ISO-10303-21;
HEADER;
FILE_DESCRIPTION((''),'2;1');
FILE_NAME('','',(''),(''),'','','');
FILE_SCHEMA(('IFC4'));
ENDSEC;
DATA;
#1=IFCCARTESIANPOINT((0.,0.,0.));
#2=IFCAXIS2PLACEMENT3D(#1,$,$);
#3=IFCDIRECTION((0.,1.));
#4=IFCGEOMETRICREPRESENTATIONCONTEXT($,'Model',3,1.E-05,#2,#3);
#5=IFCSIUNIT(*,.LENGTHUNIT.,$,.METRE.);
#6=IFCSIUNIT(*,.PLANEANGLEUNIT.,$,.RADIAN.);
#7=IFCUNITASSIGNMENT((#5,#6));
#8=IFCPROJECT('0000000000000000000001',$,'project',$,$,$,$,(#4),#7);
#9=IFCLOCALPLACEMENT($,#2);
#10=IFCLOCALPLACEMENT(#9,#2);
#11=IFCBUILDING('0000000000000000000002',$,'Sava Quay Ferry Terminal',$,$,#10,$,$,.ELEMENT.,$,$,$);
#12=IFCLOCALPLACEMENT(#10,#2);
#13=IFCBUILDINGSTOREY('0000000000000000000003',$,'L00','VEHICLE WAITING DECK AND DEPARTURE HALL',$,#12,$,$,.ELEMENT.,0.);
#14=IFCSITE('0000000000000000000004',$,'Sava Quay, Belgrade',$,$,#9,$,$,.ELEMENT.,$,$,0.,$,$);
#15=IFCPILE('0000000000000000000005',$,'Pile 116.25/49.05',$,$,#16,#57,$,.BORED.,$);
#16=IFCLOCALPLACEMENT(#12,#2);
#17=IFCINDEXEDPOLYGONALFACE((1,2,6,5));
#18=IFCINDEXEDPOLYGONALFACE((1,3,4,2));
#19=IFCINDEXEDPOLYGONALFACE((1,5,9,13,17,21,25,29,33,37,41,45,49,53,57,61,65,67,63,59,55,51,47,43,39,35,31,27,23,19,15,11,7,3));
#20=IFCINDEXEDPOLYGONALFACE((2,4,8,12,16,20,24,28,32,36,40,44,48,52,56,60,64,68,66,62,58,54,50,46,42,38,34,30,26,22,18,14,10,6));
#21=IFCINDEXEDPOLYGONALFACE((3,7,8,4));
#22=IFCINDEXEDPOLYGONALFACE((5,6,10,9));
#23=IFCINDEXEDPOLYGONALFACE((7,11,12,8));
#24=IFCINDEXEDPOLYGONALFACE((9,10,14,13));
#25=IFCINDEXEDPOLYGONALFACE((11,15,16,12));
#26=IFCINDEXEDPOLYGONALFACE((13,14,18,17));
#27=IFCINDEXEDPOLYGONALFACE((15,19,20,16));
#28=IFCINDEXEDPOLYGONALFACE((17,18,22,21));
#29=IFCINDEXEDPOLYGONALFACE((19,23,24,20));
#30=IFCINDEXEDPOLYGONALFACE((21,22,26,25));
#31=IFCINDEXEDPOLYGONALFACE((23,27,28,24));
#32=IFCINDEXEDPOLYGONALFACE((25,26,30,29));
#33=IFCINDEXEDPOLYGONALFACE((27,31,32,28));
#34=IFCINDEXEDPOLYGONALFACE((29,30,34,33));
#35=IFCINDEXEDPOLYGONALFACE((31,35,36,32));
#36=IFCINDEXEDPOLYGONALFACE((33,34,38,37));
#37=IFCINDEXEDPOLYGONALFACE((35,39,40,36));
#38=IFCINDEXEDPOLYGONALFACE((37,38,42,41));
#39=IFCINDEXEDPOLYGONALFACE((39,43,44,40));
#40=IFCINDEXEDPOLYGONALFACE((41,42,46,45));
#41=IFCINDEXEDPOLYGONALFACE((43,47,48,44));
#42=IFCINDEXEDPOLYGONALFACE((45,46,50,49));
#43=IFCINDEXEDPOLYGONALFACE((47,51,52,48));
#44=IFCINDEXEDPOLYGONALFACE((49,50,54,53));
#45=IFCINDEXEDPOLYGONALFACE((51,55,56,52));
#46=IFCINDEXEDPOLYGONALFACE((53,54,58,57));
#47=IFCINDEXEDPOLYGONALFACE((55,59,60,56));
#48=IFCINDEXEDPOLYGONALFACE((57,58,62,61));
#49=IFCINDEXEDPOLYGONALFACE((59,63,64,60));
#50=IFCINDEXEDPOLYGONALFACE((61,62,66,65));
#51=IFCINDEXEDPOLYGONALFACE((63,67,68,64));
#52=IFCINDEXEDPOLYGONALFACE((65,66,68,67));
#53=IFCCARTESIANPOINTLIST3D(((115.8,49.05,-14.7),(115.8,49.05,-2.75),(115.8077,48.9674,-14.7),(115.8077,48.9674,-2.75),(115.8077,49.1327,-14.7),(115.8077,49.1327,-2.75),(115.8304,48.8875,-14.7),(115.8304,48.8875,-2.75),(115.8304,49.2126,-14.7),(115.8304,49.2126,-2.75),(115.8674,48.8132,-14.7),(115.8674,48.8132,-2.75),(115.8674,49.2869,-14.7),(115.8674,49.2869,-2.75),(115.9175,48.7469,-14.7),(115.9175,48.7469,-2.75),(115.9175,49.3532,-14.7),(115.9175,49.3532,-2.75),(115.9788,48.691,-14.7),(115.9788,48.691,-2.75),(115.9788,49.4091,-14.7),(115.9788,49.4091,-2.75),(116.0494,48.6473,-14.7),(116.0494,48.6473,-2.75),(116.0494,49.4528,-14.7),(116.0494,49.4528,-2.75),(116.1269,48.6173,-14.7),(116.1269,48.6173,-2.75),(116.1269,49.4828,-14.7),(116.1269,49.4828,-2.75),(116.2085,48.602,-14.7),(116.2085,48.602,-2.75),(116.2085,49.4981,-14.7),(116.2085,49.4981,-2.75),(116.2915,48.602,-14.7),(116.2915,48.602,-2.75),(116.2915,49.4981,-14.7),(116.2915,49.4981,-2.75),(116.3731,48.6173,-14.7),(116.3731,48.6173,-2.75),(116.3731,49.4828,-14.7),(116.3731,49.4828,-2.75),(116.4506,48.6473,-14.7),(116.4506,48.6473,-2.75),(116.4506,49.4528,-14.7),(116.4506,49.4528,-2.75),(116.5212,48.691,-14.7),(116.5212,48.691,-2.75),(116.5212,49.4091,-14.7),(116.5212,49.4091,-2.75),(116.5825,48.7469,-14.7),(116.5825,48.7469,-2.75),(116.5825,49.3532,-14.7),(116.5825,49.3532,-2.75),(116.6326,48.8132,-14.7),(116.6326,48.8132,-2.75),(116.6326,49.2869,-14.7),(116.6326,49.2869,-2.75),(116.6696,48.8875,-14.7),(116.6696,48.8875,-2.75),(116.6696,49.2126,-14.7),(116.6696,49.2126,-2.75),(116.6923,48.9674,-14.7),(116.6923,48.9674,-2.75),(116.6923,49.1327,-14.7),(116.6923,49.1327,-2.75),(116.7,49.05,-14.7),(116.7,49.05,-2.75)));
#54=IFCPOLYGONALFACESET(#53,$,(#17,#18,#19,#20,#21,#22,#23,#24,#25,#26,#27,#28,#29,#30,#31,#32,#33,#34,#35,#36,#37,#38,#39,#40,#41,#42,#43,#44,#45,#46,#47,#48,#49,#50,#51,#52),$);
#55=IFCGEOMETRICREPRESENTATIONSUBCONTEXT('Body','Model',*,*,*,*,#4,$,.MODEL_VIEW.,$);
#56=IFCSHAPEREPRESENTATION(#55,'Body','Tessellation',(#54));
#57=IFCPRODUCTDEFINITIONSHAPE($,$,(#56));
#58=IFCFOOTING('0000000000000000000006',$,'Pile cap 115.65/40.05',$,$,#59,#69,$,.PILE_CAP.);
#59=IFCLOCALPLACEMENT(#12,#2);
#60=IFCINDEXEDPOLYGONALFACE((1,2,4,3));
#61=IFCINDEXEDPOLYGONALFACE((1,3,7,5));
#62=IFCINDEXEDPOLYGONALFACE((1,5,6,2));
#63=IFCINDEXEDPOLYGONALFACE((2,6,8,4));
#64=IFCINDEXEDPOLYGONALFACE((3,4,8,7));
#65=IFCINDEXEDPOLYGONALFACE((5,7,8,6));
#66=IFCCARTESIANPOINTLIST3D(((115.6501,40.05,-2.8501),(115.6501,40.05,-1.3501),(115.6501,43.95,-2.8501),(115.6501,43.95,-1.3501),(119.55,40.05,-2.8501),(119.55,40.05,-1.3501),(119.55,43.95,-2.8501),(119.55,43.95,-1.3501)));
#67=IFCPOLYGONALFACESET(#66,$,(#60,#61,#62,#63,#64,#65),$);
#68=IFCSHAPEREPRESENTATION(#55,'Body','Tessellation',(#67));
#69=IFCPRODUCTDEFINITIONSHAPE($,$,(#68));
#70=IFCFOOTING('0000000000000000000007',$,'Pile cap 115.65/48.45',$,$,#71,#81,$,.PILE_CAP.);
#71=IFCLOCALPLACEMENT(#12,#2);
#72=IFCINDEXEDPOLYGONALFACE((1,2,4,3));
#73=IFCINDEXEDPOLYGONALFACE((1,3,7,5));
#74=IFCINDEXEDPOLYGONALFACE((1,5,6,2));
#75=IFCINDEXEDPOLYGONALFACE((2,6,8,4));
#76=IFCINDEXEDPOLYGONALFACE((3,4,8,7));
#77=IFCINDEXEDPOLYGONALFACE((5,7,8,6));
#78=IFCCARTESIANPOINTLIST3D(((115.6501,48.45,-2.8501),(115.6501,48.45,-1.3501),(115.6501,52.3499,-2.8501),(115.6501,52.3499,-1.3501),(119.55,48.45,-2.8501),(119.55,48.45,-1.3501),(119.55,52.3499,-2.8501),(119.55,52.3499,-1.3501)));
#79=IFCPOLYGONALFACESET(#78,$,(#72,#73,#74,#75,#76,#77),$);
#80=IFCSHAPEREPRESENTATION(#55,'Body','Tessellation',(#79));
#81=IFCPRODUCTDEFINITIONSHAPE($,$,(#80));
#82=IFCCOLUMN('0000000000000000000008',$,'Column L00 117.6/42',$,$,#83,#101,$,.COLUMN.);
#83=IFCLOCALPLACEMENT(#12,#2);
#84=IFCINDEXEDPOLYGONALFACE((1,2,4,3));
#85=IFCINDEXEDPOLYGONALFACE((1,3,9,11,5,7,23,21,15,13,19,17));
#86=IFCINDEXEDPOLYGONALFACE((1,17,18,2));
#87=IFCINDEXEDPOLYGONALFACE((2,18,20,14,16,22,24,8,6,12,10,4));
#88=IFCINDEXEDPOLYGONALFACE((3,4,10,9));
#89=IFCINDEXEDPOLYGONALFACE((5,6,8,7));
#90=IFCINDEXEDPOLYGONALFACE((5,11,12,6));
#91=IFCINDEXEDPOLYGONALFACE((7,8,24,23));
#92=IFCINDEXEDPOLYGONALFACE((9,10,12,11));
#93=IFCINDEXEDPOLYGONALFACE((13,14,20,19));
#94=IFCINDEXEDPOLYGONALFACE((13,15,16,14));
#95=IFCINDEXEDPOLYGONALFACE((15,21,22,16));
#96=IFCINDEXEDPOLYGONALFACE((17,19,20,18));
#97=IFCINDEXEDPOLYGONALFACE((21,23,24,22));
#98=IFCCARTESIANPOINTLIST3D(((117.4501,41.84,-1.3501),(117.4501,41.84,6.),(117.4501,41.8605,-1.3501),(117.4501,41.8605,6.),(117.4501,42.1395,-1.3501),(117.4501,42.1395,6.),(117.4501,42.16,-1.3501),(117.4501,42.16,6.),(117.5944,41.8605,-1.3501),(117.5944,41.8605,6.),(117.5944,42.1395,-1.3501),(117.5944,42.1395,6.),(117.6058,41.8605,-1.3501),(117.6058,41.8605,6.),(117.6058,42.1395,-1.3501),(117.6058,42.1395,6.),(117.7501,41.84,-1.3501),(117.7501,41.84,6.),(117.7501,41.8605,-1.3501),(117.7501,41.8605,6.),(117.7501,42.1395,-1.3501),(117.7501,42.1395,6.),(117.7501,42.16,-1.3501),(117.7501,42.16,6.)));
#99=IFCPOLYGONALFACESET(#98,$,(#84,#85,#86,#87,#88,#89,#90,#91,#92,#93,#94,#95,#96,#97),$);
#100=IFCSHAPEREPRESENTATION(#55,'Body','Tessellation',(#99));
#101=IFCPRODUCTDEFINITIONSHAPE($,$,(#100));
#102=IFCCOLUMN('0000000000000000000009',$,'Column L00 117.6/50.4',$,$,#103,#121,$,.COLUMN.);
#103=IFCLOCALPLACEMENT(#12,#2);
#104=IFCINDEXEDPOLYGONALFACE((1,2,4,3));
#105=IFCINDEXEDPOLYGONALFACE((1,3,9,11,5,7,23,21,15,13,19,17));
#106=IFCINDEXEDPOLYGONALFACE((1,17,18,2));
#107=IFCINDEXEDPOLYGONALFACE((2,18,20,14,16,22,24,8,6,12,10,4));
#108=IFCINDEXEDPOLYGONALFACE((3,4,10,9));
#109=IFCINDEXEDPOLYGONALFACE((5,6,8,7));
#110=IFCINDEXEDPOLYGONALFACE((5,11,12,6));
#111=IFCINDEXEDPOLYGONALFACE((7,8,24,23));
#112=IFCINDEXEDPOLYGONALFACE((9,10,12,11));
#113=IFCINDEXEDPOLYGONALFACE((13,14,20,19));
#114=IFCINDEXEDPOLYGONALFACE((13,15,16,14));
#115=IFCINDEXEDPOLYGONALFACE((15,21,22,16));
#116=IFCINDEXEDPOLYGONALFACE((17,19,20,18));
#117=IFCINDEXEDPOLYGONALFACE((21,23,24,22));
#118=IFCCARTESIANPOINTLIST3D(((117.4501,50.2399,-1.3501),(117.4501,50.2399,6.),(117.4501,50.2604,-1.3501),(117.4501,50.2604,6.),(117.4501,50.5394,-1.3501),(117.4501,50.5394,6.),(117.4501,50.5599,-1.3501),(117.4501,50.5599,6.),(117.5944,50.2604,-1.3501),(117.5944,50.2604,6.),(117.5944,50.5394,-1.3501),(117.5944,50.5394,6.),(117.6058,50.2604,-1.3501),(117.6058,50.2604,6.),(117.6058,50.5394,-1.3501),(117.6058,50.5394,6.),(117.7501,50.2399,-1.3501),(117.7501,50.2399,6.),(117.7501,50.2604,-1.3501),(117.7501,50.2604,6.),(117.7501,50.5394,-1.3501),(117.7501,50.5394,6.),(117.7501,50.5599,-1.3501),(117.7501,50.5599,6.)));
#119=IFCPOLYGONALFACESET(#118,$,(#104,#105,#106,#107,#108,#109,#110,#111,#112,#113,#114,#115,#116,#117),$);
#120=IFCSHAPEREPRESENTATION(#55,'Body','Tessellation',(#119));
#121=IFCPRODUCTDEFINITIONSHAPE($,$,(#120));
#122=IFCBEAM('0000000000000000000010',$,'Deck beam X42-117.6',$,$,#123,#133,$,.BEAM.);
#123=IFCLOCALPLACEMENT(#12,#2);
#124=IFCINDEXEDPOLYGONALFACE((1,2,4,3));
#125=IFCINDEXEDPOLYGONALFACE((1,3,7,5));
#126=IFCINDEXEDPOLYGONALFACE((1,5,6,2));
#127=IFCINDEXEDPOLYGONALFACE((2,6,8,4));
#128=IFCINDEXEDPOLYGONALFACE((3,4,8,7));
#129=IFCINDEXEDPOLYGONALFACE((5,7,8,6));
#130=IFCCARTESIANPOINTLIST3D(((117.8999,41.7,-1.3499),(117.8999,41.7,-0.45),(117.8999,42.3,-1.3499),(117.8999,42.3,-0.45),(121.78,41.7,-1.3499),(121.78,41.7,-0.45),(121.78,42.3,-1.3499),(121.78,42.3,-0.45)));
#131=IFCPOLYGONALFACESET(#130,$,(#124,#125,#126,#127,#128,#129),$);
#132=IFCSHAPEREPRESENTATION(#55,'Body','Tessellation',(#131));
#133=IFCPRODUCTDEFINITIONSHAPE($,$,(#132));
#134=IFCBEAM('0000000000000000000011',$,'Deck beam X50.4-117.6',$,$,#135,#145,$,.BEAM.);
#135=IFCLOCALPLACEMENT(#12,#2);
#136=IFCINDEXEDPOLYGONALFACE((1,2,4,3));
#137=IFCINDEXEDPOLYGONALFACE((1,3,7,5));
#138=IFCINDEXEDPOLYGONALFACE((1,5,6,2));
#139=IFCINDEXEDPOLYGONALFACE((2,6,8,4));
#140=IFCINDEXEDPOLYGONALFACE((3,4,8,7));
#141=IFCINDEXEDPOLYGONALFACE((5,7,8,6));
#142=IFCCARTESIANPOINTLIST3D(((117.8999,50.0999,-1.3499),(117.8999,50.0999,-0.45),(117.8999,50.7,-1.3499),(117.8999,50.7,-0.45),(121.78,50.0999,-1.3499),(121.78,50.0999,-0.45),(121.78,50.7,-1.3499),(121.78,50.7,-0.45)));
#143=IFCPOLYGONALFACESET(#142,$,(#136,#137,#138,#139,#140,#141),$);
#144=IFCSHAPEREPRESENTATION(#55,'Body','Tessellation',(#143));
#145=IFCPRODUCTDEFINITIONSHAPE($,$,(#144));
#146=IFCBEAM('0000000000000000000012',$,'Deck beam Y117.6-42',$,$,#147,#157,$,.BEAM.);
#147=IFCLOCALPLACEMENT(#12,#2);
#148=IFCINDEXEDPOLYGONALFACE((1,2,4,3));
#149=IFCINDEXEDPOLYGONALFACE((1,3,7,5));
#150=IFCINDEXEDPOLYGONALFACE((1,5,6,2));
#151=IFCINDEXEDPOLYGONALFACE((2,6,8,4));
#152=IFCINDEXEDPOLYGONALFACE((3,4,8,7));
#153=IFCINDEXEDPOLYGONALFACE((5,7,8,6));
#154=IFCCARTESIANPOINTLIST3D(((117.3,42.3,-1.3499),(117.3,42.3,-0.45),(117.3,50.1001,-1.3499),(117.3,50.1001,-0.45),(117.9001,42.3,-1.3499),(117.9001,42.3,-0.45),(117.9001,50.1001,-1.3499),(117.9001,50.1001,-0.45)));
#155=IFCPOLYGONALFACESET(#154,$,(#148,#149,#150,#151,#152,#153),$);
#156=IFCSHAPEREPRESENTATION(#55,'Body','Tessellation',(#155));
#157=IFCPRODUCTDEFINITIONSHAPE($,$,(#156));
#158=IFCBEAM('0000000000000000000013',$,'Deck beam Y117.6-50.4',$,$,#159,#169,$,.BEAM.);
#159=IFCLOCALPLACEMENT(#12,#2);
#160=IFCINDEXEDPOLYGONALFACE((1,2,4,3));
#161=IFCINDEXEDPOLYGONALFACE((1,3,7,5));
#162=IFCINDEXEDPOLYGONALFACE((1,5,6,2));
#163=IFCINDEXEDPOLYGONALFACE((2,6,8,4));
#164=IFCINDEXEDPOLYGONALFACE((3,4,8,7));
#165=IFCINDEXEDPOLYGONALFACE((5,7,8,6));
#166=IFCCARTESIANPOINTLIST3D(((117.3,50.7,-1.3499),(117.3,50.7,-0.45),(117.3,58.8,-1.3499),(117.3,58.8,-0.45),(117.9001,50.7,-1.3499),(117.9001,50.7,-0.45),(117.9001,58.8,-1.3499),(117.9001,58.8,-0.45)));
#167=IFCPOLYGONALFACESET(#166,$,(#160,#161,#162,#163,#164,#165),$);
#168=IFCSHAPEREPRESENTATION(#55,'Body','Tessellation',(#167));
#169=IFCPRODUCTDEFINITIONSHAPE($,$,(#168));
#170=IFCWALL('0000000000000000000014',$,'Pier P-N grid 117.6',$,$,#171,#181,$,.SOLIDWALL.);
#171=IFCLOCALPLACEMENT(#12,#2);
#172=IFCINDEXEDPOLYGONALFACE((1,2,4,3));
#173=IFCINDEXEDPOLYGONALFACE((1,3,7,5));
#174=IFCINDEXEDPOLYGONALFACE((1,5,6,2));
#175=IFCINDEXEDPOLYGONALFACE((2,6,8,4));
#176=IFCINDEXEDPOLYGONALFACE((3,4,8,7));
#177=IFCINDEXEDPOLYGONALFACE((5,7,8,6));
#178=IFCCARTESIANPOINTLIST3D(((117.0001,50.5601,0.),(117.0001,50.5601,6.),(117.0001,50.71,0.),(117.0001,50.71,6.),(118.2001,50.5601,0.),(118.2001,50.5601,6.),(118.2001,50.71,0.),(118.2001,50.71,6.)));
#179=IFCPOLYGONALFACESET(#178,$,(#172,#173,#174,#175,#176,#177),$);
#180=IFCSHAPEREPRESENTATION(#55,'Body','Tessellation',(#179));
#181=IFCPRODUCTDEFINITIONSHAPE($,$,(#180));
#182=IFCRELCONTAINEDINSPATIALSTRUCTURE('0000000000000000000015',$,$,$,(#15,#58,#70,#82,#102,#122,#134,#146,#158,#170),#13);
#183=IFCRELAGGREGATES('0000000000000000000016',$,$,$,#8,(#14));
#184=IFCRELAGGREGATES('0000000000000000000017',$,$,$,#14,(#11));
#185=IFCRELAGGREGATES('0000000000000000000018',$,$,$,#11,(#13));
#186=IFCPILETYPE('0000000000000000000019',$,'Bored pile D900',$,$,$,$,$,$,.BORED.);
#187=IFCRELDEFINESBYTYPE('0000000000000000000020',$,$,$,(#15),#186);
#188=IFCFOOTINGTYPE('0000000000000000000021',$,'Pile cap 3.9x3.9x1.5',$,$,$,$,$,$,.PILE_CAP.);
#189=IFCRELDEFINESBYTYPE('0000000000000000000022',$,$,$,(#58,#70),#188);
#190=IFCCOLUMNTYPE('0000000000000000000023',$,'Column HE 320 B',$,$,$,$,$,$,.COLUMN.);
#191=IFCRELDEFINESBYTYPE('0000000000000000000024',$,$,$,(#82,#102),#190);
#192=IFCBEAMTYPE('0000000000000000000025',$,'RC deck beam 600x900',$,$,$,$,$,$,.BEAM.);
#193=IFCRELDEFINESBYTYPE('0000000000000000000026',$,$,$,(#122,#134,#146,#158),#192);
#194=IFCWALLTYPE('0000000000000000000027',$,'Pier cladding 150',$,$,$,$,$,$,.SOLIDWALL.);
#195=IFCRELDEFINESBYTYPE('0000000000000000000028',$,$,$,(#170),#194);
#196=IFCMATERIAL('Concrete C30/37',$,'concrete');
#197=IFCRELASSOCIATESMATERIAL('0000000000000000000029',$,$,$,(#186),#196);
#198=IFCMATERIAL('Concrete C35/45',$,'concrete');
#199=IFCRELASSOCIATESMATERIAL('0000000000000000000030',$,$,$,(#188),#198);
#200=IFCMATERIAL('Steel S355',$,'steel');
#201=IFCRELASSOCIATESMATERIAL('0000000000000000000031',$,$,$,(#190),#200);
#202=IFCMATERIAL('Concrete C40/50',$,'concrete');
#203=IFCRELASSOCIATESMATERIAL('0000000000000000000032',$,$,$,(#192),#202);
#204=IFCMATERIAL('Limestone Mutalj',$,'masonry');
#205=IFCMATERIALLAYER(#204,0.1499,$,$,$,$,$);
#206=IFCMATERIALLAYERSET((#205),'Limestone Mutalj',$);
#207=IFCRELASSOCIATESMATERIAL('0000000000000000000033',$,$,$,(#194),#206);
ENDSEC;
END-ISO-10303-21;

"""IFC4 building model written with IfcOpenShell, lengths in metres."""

from ifc_helpers import new_model, si_unit, direction, frame, frame_2d, origin, origin_2d, place, context, subcontext, project, spatial, rectangle, circle, i_section, extrude, material, layer, layer_set, material_profile, profile_set, type_object, element, save


model = new_model("IFC4")

# Units and contexts
model_context = context("Model", 3, precision=1e-05, world=origin(), true_north=direction((0.0, 1.0)))
body_context = subcontext(model_context, "Body", "Model", "MODEL_VIEW")
ifc_project = project(units=[si_unit("LENGTHUNIT", "METRE"), si_unit("PLANEANGLEUNIT", "RADIAN")], contexts=[model_context])

# Site, building, storey
site_placement = place(None, origin())
site = spatial("IfcSite", under=ifc_project, at=site_placement, Name="Sava Quay, Belgrade", CompositionType="ELEMENT", RefElevation=0.0)
building_placement = place(site_placement, origin())
building = spatial("IfcBuilding", under=site, at=building_placement, Name="Sava Quay Ferry Terminal", CompositionType="ELEMENT")
storey_placement = place(building_placement, origin())
storey = spatial("IfcBuildingStorey", under=building, at=storey_placement, Name="L00", Description="VEHICLE WAITING DECK AND DEPARTURE HALL", CompositionType="ELEMENT", Elevation=0.0)

# Pile
ifc_material_1 = material(Name="Concrete C30/37", Category="concrete")
ifc_material_profile_1 = material_profile(ifc_material_1, circle(Radius=0.45, at=origin_2d()), Name="Bored pile D900")
ifc_profile_set_1 = profile_set([ifc_material_profile_1], Name="Concrete C30/37")
pile_type = type_object("IfcPileType", Name="Bored pile D900", PredefinedType="BORED", material=ifc_profile_set_1)
for number, where, z_axis, x_axis, name in (
    (1, (116.25, 49.05, -2.75), (0.0, 0.0, -1.0), (1.0, 0.0, 0.0), "Pile 116.25/49.05"),
):
    element("IfcPile", number, at=place(storey_placement, frame(where, z_axis=z_axis, x_axis=x_axis)), inside=storey, type_object=pile_type, Name=name, PredefinedType="BORED", context=body_context, shape_type="SweptSolid", body=[
        extrude(circle(Radius=0.45, at=origin_2d()), origin(), (0.0, 0.0, 1.0), 11.95),
    ])

# Footings
ifc_material_2 = material(Name="Concrete C35/45", Category="concrete")
footing_type = type_object("IfcFootingType", Name="Pile cap 3.9x3.9x1.5", PredefinedType="PILE_CAP", material=ifc_material_2)
for number, where, z_axis, x_axis, name in (
    (2, (117.6001, 42.0, -2.8501), (0.0, 0.0, 1.0), (1.0, 0.0, 0.0), "Pile cap 115.65/40.05"),
    (3, (117.6001, 50.3999, -2.8501), (0.0, 0.0, 1.0), (1.0, 0.0, 0.0), "Pile cap 115.65/48.45"),
):
    element("IfcFooting", number, at=place(storey_placement, frame(where, z_axis=z_axis, x_axis=x_axis)), inside=storey, type_object=footing_type, Name=name, PredefinedType="PILE_CAP", context=body_context, shape_type="SweptSolid", body=[
        extrude(rectangle(XDim=3.8999, YDim=3.8999, at=origin_2d()), origin(), (0.0, 0.0, 1.0), 1.5),
    ])

# Columns
ifc_material_3 = material(Name="Steel S355", Category="steel")
ifc_material_profile_2 = material_profile(ifc_material_3, i_section(OverallWidth=0.3, OverallDepth=0.3201, WebThickness=0.0115, FlangeThickness=0.0205, at=origin_2d()), Name="HE 320 B")
ifc_profile_set_2 = profile_set([ifc_material_profile_2], Name="Steel S355")
column_type = type_object("IfcColumnType", Name="Column HE 320 B", PredefinedType="COLUMN", material=ifc_profile_set_2)
for number, where, z_axis, x_axis, name in (
    (4, (117.6001, 42.0, -1.3501), (0.0, 0.0, 1.0), (1.0, 0.0, 0.0), "Column L00 117.6/42"),
    (5, (117.6001, 50.3999, -1.3501), (0.0, 0.0, 1.0), (1.0, 0.0, 0.0), "Column L00 117.6/50.4"),
):
    element("IfcColumn", number, at=place(storey_placement, frame(where, z_axis=z_axis, x_axis=x_axis)), inside=storey, type_object=column_type, Name=name, PredefinedType="COLUMN", context=body_context, shape_type="SweptSolid", body=[
        extrude(i_section(OverallWidth=0.3, OverallDepth=0.3201, WebThickness=0.0115, FlangeThickness=0.0205, at=origin_2d()), origin(), (0.0, 0.0, 1.0), 7.3501),
    ])

# Beams
ifc_material_4 = material(Name="Concrete C40/50", Category="concrete")
ifc_material_profile_3 = material_profile(ifc_material_4, rectangle(XDim=0.6001, YDim=0.8999, at=origin_2d()), Name="RC 600x900")
ifc_profile_set_3 = profile_set([ifc_material_profile_3], Name="Concrete C40/50")
beam_type = type_object("IfcBeamType", Name="RC deck beam 600x900", PredefinedType="BEAM", material=ifc_profile_set_3)
for number, where, z_axis, x_axis, name in (
    (6, (117.8999, 42.0, -0.8999), (1.0, 0.0, 0.0), (0.0, 1.0, 0.0), "Deck beam X42-117.6"),
    (7, (117.8999, 50.3999, -0.8999), (1.0, 0.0, 0.0), (0.0, 1.0, 0.0), "Deck beam X50.4-117.6"),
):
    element("IfcBeam", number, at=place(storey_placement, frame(where, z_axis=z_axis, x_axis=x_axis)), inside=storey, type_object=beam_type, Name=name, PredefinedType="BEAM", context=body_context, shape_type="SweptSolid", body=[
        extrude(rectangle(XDim=0.6001, YDim=0.8999, at=origin_2d()), origin(), (0.0, 0.0, 1.0), 3.8801),
    ])
beam_1_placement = place(storey_placement, frame((117.6001, 42.3, -0.8999), z_axis=(0.0, 1.0, 0.0), x_axis=(-1.0, 0.0, 0.0)))
element("IfcBeam", 8, at=beam_1_placement, inside=storey, type_object=beam_type, Name="Deck beam Y117.6-42", PredefinedType="BEAM", context=body_context, shape_type="SweptSolid", body=[
    extrude(rectangle(XDim=0.6001, YDim=0.8999, at=origin_2d()), origin(), (0.0, 0.0, 1.0), 7.8),
])
beam_2_placement = place(storey_placement, frame((117.6001, 50.7, -0.8999), z_axis=(0.0, 1.0, 0.0), x_axis=(-1.0, 0.0, 0.0)))
element("IfcBeam", 9, at=beam_2_placement, inside=storey, type_object=beam_type, Name="Deck beam Y117.6-50.4", PredefinedType="BEAM", context=body_context, shape_type="SweptSolid", body=[
    extrude(rectangle(XDim=0.6001, YDim=0.8999, at=origin_2d()), origin(), (0.0, 0.0, 1.0), 8.1001),
])

# Wall
ifc_material_5 = material(Name="Limestone Mutalj", Category="masonry")
ifc_layer_1 = layer(ifc_material_5, 0.1499)
ifc_layer_set_1 = layer_set([ifc_layer_1], Name="Limestone Mutalj")
wall_type_1 = type_object("IfcWallType", Name="Pier cladding 150", PredefinedType="SOLIDWALL", material=ifc_layer_set_1)
wall_1_placement = place(storey_placement, frame((117.0, 50.635, 0.0), z_axis=(0.0, 0.0, 1.0), x_axis=(1.0, 0.0, 0.0)))
element("IfcWall", 10, at=wall_1_placement, inside=storey, type_object=wall_type_1, Name="Pier P-N grid 117.6", PredefinedType="SOLIDWALL", context=body_context, shape_type="SweptSolid", body=[
    extrude(rectangle(XDim=1.2, YDim=0.1499, at=frame_2d((0.6001, 0.0))), origin(), (0.0, 0.0, 1.0), 6.0),
])

save(model, "model.ifc")
